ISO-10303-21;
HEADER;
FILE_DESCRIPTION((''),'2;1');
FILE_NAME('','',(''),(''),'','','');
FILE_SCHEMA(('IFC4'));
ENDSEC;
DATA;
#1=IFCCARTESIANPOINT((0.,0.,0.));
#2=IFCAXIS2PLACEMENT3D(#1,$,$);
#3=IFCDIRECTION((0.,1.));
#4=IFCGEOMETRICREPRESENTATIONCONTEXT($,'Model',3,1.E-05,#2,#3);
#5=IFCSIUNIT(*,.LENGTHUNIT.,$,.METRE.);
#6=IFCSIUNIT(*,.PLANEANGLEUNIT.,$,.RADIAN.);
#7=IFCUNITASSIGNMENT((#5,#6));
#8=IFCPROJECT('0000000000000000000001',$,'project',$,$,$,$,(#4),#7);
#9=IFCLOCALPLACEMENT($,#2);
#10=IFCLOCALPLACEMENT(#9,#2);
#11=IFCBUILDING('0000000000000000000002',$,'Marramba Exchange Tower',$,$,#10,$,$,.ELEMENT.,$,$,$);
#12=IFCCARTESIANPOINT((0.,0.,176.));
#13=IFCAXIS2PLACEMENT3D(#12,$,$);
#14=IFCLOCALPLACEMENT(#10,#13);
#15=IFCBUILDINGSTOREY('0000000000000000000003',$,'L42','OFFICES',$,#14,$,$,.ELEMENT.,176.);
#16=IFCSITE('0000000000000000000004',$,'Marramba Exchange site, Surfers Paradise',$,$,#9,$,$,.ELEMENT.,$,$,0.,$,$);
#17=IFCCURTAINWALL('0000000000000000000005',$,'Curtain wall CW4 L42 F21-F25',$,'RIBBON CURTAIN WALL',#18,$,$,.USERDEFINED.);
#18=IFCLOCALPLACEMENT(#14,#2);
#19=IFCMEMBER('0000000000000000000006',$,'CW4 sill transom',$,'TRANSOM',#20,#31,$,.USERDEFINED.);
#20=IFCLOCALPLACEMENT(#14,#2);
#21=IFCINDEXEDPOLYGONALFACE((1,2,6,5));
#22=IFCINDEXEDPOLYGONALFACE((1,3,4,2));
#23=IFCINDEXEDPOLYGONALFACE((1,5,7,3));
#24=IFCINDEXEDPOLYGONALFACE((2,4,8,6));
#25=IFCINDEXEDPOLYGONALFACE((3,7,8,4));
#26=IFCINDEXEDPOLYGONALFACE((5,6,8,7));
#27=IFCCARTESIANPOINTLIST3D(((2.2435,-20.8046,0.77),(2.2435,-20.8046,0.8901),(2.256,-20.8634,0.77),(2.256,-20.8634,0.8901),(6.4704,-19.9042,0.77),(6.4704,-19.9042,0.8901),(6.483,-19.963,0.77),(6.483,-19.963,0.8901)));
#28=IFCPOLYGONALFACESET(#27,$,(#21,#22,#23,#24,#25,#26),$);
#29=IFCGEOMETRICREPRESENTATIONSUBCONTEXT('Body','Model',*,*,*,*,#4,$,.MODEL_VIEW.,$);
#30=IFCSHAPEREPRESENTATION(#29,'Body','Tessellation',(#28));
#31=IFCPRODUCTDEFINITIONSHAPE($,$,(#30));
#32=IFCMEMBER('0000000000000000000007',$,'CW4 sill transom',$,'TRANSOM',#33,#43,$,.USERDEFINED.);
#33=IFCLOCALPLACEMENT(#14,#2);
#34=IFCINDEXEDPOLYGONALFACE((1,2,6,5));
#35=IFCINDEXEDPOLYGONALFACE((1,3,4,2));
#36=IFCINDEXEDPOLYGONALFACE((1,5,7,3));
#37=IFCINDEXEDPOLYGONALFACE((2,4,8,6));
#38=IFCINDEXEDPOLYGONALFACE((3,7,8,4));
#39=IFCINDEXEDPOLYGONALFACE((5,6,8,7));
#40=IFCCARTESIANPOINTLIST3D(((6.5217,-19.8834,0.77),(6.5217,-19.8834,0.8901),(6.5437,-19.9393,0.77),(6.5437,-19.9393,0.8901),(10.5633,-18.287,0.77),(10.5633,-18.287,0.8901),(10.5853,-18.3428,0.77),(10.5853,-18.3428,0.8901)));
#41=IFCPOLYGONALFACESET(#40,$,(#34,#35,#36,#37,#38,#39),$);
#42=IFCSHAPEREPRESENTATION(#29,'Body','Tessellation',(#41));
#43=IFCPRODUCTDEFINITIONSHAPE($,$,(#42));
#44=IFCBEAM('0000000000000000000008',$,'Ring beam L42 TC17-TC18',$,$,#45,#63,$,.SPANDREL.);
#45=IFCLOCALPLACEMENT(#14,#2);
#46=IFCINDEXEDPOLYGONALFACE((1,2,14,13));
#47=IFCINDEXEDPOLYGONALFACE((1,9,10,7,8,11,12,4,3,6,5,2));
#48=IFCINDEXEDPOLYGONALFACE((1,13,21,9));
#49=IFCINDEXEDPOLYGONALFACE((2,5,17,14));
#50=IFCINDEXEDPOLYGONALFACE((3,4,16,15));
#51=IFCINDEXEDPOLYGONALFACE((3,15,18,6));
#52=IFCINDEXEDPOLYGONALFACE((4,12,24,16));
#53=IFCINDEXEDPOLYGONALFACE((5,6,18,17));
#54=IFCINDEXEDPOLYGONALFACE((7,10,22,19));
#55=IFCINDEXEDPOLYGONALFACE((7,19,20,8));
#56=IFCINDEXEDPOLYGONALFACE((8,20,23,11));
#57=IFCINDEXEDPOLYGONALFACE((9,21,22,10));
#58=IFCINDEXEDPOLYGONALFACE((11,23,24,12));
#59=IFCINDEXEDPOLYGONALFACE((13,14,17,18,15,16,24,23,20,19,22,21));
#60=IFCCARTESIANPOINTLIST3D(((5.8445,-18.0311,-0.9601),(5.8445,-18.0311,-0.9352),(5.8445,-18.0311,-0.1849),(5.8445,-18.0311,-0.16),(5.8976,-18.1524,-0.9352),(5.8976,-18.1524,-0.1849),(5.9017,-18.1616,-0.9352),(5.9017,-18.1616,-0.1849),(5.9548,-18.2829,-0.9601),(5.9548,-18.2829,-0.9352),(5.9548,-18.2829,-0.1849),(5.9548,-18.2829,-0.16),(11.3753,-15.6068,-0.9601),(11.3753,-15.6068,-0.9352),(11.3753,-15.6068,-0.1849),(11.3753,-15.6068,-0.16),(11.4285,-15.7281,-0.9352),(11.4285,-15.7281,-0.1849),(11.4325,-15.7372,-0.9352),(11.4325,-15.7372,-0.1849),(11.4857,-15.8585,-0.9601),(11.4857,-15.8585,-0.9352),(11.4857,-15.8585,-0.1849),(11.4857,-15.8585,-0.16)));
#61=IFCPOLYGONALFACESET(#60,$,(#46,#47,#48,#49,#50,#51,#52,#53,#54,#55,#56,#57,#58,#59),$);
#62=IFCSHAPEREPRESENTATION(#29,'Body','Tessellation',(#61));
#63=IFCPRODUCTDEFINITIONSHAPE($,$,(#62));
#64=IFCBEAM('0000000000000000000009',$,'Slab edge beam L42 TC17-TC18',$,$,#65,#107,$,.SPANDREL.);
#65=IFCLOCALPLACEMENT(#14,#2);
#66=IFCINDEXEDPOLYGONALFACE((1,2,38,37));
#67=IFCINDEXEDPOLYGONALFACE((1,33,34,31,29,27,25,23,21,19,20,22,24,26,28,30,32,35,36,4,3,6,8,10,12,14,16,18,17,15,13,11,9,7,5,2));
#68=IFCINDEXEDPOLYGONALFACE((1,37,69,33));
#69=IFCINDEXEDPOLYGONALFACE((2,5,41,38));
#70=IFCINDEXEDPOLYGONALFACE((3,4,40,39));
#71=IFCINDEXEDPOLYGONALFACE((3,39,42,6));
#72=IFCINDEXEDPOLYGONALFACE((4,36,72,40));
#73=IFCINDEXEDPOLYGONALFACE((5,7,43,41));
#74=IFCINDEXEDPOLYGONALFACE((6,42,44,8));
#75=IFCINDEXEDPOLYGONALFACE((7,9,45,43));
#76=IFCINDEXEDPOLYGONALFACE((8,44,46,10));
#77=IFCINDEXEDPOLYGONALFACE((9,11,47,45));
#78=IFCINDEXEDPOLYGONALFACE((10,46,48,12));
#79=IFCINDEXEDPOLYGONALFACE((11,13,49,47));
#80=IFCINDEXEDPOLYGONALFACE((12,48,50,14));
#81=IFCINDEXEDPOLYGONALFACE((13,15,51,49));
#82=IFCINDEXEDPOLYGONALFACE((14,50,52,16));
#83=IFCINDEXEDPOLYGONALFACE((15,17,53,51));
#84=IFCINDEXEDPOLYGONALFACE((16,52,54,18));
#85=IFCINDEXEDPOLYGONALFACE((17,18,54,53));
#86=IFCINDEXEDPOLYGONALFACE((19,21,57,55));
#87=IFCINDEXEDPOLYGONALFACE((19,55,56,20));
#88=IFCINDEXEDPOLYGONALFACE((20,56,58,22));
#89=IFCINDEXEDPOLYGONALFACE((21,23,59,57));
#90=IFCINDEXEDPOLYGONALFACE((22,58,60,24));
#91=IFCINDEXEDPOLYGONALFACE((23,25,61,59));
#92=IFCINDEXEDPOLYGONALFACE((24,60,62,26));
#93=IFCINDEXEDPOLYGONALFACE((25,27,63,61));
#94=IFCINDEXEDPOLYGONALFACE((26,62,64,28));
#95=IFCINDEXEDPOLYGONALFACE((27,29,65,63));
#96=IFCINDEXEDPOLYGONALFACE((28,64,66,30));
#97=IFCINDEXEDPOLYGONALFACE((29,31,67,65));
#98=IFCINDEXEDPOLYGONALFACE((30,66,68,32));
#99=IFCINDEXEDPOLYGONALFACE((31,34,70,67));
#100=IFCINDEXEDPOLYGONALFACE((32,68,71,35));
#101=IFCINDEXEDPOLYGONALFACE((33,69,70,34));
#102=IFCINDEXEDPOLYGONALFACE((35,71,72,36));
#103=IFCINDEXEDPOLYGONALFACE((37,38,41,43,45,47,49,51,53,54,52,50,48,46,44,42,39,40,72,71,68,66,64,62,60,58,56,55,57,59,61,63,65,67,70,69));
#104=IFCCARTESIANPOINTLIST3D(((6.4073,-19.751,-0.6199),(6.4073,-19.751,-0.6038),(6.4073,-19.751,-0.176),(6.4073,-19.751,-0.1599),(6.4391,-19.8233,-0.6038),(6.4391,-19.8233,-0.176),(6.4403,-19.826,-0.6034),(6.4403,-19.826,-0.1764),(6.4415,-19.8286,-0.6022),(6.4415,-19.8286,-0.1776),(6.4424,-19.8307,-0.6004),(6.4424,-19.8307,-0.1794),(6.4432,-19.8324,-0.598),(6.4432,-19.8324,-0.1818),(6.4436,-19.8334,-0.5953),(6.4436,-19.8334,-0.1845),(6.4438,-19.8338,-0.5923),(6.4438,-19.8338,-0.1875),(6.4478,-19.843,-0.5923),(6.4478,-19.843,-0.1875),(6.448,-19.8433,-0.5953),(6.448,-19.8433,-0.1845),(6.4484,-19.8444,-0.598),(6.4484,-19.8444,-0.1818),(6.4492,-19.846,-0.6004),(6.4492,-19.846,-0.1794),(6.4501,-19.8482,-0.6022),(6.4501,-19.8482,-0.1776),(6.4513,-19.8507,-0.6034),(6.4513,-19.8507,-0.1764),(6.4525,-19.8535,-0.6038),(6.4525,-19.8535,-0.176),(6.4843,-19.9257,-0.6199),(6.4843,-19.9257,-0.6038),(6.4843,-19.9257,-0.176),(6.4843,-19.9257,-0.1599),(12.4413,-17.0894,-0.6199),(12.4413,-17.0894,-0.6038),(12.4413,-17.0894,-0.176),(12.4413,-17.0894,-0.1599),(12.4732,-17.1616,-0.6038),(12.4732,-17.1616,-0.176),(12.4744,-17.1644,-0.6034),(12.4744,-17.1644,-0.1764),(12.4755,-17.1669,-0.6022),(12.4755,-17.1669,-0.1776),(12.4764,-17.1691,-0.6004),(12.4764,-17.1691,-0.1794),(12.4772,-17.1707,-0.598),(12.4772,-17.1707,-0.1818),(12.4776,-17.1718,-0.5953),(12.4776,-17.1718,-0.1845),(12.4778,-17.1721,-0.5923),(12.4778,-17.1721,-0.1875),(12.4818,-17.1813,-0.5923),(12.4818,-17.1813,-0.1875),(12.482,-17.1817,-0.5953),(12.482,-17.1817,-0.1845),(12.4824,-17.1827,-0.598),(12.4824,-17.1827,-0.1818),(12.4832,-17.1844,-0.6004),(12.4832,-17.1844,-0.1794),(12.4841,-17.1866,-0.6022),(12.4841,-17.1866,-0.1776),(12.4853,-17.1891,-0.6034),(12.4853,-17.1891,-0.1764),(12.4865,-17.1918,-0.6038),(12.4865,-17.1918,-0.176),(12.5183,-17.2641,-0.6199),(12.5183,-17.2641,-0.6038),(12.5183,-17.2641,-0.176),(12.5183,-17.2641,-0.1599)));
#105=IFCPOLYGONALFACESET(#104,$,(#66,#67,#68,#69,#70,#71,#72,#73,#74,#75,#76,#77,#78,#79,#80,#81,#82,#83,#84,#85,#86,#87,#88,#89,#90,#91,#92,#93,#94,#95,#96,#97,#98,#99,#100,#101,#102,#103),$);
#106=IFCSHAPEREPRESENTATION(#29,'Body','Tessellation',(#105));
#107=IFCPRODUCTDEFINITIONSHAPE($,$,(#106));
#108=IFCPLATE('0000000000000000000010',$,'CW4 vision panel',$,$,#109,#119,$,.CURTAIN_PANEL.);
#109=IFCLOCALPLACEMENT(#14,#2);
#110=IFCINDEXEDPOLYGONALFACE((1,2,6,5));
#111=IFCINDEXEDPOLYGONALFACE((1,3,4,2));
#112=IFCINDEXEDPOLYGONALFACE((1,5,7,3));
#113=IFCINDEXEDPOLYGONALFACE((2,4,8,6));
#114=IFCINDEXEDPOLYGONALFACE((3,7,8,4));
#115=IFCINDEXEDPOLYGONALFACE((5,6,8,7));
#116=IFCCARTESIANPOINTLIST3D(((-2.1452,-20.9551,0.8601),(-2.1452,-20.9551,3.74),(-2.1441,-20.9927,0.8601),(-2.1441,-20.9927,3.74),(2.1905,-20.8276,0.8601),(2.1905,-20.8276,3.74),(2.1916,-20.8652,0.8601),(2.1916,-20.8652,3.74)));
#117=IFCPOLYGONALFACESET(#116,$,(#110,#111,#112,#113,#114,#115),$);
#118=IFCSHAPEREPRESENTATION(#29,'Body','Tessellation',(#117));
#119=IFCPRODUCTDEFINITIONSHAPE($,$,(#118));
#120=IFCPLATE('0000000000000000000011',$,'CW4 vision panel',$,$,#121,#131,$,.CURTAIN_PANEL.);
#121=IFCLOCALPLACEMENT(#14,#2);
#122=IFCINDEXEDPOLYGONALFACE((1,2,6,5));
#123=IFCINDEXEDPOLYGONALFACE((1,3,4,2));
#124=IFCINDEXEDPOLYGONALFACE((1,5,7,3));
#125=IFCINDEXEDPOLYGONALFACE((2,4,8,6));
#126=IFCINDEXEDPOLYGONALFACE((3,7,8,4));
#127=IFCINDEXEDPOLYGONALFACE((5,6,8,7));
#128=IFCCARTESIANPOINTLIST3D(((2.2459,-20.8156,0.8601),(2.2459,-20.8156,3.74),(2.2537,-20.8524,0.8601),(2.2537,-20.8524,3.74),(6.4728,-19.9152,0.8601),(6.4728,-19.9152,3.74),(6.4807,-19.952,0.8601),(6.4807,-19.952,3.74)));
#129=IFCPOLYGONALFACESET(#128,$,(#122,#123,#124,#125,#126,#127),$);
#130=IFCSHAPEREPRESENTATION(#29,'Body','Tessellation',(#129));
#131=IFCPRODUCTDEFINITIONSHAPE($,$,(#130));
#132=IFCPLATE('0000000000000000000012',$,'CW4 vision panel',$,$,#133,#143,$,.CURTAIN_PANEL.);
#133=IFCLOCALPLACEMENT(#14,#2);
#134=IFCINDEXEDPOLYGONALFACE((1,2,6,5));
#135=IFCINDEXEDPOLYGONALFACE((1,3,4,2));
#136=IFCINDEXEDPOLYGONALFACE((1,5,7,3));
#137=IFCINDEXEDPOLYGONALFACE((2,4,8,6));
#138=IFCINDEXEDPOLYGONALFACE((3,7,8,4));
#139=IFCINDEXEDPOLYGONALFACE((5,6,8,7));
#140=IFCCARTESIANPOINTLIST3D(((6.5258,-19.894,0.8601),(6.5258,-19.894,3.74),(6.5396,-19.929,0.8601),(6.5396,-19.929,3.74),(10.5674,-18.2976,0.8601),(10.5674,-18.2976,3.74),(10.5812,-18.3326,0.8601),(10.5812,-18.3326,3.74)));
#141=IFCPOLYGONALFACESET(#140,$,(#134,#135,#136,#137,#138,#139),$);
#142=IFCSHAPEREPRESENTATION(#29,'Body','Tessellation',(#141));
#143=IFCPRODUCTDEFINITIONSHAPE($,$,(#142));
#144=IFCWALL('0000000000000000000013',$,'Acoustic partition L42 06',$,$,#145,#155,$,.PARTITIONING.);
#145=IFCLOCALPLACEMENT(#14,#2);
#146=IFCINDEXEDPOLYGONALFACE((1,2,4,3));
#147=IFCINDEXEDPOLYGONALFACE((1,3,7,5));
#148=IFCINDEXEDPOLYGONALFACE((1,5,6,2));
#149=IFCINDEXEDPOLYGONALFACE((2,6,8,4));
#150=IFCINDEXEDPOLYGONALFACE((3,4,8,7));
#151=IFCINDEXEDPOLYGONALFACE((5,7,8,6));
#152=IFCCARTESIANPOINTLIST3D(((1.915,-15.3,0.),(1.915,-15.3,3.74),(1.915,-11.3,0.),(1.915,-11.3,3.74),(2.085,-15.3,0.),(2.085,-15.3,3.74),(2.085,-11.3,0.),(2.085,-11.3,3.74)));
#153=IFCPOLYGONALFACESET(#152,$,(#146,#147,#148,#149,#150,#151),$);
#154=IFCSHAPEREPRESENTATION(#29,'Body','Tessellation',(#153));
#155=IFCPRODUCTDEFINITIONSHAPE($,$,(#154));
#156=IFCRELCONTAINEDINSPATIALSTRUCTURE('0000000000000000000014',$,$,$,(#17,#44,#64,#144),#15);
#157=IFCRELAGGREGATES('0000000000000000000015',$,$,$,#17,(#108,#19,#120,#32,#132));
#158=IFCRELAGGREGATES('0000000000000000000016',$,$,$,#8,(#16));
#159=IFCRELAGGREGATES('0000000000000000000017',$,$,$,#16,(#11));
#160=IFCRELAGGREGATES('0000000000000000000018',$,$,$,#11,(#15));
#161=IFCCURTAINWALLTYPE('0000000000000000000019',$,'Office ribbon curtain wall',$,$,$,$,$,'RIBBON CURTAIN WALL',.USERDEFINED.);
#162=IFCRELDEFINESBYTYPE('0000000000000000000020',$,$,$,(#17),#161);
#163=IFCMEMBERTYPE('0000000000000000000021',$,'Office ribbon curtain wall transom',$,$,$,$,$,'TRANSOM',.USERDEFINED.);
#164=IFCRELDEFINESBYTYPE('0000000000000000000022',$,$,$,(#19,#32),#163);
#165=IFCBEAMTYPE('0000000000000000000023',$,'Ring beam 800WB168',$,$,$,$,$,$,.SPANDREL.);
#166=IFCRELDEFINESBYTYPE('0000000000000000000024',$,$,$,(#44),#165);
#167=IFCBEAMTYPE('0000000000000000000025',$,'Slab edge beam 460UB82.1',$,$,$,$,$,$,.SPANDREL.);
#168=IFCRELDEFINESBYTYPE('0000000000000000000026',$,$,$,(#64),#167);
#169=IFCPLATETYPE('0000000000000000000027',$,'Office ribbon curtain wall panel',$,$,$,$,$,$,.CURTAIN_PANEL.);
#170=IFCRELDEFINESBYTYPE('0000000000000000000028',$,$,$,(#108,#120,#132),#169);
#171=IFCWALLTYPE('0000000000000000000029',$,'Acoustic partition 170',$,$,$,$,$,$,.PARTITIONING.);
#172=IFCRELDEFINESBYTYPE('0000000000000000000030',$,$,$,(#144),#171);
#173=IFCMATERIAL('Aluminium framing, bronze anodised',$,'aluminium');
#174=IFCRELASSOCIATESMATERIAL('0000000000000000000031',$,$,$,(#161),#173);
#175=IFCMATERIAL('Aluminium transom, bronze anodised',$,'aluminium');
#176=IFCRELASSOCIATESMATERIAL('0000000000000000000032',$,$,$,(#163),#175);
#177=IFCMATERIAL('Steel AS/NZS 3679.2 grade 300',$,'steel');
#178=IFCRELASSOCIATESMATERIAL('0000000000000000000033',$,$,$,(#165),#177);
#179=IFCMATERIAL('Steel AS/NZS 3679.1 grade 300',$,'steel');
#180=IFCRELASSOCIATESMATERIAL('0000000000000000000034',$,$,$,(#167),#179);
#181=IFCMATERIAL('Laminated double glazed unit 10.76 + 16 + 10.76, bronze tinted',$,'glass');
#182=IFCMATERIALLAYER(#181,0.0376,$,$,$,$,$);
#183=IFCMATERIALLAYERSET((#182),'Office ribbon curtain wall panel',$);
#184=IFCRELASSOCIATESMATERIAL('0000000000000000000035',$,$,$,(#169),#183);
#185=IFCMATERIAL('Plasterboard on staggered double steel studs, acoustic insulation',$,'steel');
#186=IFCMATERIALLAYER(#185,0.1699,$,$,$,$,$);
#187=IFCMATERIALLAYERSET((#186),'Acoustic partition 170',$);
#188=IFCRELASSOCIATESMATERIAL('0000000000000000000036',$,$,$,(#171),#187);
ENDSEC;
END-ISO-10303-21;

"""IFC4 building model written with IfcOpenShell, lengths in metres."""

from ifc_helpers import new_model, si_unit, direction, frame, frame_2d, origin, origin_2d, place, context, subcontext, project, spatial, rectangle, i_section, extrude, material, layer, layer_set, material_profile, profile_set, type_object, element, aggregate, save


model = new_model("IFC4")

# Units and contexts
model_context = context("Model", 3, precision=1e-05, world=origin(), true_north=direction((0.0, 1.0)))
body_context = subcontext(model_context, "Body", "Model", "MODEL_VIEW")
ifc_project = project(units=[si_unit("LENGTHUNIT", "METRE"), si_unit("PLANEANGLEUNIT", "RADIAN")], contexts=[model_context])

# Site, building, storey
site_placement = place(None, origin())
site = spatial("IfcSite", under=ifc_project, at=site_placement, Name="Marramba Exchange site, Surfers Paradise", CompositionType="ELEMENT", RefElevation=0.0)
building_placement = place(site_placement, origin())
building = spatial("IfcBuilding", under=site, at=building_placement, Name="Marramba Exchange Tower", CompositionType="ELEMENT")
storey_placement = place(building_placement, frame((0.0, 0.0, 176.0)))
storey = spatial("IfcBuildingStorey", under=building, at=storey_placement, Name="L42", Description="OFFICES", CompositionType="ELEMENT", Elevation=176.0)

# Shared definitions
ifc_material_1 = material(Name="Steel AS/NZS 3679.2 grade 300", Category="steel")
ifc_material_2 = material(Name="Steel AS/NZS 3679.1 grade 300", Category="steel")

# Curtain wall
ifc_material_3 = material(Name="Aluminium framing, bronze anodised", Category="aluminium")
curtain_wall_type = type_object("IfcCurtainWallType", Name="Office ribbon curtain wall", ElementType="RIBBON CURTAIN WALL", PredefinedType="USERDEFINED", material=ifc_material_3)
curtain_wall_1_placement = place(storey_placement, origin())
curtain_wall_1 = element("IfcCurtainWall", 1, at=curtain_wall_1_placement, inside=storey, type_object=curtain_wall_type, Name="Curtain wall CW4 L42 F21-F25", ObjectType="RIBBON CURTAIN WALL", PredefinedType="USERDEFINED")

# Members
ifc_material_4 = material(Name="Aluminium transom, bronze anodised", Category="aluminium")
ifc_material_profile_1 = material_profile(ifc_material_4, rectangle(XDim=0.0601, YDim=0.1201, at=origin_2d()), Name="CW4 transom 60x120")
ifc_profile_set_1 = profile_set([ifc_material_profile_1], Name="Aluminium transom, bronze anodised")
member_type_1 = type_object("IfcMemberType", Name="Office ribbon curtain wall transom", ElementType="TRANSOM", PredefinedType="USERDEFINED", material=ifc_profile_set_1)
member_1_placement = place(storey_placement, frame((2.2498, -20.834, 0.8301), z_axis=(0.978058, 0.208333, 0.0), x_axis=(-0.208333, 0.978058, 0.0)))
member_1 = element("IfcMember", 2, at=member_1_placement, type_object=member_type_1, Name="CW4 sill transom", ObjectType="TRANSOM", PredefinedType="USERDEFINED", context=body_context, shape_type="SweptSolid", body=[
    extrude(rectangle(XDim=0.0601, YDim=0.1201, at=origin_2d()), origin(), (0.0, 0.0, 1.0), 4.3218),
])
member_2_placement = place(storey_placement, frame((6.5327, -19.9114, 0.8301), z_axis=(0.930068, 0.367387, 0.0), x_axis=(-0.367387, 0.930068, 0.0)))
member_2 = element("IfcMember", 3, at=member_2_placement, type_object=member_type_1, Name="CW4 sill transom", ObjectType="TRANSOM", PredefinedType="USERDEFINED", context=body_context, shape_type="SweptSolid", body=[
    extrude(rectangle(XDim=0.0601, YDim=0.1201, at=origin_2d()), origin(), (0.0, 0.0, 1.0), 4.3455),
])

# Beams
ifc_material_profile_2 = material_profile(ifc_material_1, i_section(OverallWidth=0.2749, OverallDepth=0.8, WebThickness=0.01, FlangeThickness=0.0249, at=origin_2d()), Name="800WB168")
ifc_profile_set_2 = profile_set([ifc_material_profile_2], Name="Steel AS/NZS 3679.2 grade 300")
beam_type_1 = type_object("IfcBeamType", Name="Ring beam 800WB168", PredefinedType="SPANDREL", material=ifc_profile_set_2)
beam_1_placement = place(storey_placement, frame((5.8997, -18.157, -0.5601), z_axis=(0.915877, 0.401459, 0.0), x_axis=(-0.401459, 0.915877, 0.0)))
element("IfcBeam", 4, at=beam_1_placement, inside=storey, type_object=beam_type_1, Name="Ring beam L42 TC17-TC18", PredefinedType="SPANDREL", context=body_context, shape_type="SweptSolid", body=[
    extrude(i_section(OverallWidth=0.2749, OverallDepth=0.8, WebThickness=0.01, FlangeThickness=0.0249, at=origin_2d()), origin(), (0.0, 0.0, 1.0), 6.0388),
])
ifc_material_profile_3 = material_profile(ifc_material_2, i_section(OverallWidth=0.1909, OverallDepth=0.46, WebThickness=0.01, FlangeThickness=0.0161, FilletRadius=0.0115, at=origin_2d()), Name="460UB82.1")
ifc_profile_set_3 = profile_set([ifc_material_profile_3], Name="Steel AS/NZS 3679.1 grade 300")
beam_type_2 = type_object("IfcBeamType", Name="Slab edge beam 460UB82.1", PredefinedType="SPANDREL", material=ifc_profile_set_3)
beam_2_placement = place(storey_placement, frame((6.4458, -19.8384, -0.3899), z_axis=(0.914941, 0.403588, 0.0), x_axis=(-0.403588, 0.914941, 0.0)))
element("IfcBeam", 5, at=beam_2_placement, inside=storey, type_object=beam_type_2, Name="Slab edge beam L42 TC17-TC18", PredefinedType="SPANDREL", context=body_context, shape_type="SweptSolid", body=[
    extrude(i_section(OverallWidth=0.1909, OverallDepth=0.46, WebThickness=0.01, FlangeThickness=0.0161, FilletRadius=0.0115, at=origin_2d()), origin(), (0.0, 0.0, 1.0), 6.595),
])

# Plates
ifc_material_5 = material(Name="Laminated double glazed unit 10.76 + 16 + 10.76, bronze tinted", Category="glass")
ifc_layer_1 = layer(ifc_material_5, 0.0376)
ifc_layer_set_1 = layer_set([ifc_layer_1], Name="Office ribbon curtain wall panel")
plate_type = type_object("IfcPlateType", Name="Office ribbon curtain wall panel", PredefinedType="CURTAIN_PANEL", material=ifc_layer_set_1)
plate_1_placement = place(storey_placement, frame((0.0232, -20.9102, 0.8601), z_axis=(0.0, 0.0, 1.0), x_axis=(0.999568, 0.029393, 0.0)))
plate_1 = element("IfcPlate", 6, at=plate_1_placement, type_object=plate_type, Name="CW4 vision panel", PredefinedType="CURTAIN_PANEL", context=body_context, shape_type="SweptSolid", body=[
    extrude(rectangle(XDim=4.3376, YDim=0.0376, at=origin_2d()), origin(), (0.0, 0.0, 1.0), 2.8799),
])
plate_2_placement = place(storey_placement, frame((4.3633, -20.3838, 0.8601), z_axis=(0.0, 0.0, 1.0), x_axis=(0.978058, 0.208332, 0.0)))
plate_2 = element("IfcPlate", 7, at=plate_2_placement, type_object=plate_type, Name="CW4 vision panel", PredefinedType="CURTAIN_PANEL", context=body_context, shape_type="SweptSolid", body=[
    extrude(rectangle(XDim=4.3218, YDim=0.0376, at=origin_2d()), origin(), (0.0, 0.0, 1.0), 2.8799),
])
plate_3_placement = place(storey_placement, frame((8.5535, -19.1133, 0.8601), z_axis=(0.0, 0.0, 1.0), x_axis=(0.930073, 0.367375, 0.0)))
plate_3 = element("IfcPlate", 8, at=plate_3_placement, type_object=plate_type, Name="CW4 vision panel", PredefinedType="CURTAIN_PANEL", context=body_context, shape_type="SweptSolid", body=[
    extrude(rectangle(XDim=4.3455, YDim=0.0376, at=origin_2d()), origin(), (0.0, 0.0, 1.0), 2.8799),
])
aggregate(curtain_wall_1, [plate_1, member_1, plate_2, member_2, plate_3])

# Wall
ifc_material_6 = material(Name="Plasterboard on staggered double steel studs, acoustic insulation", Category="steel")
ifc_layer_2 = layer(ifc_material_6, 0.1699)
ifc_layer_set_2 = layer_set([ifc_layer_2], Name="Acoustic partition 170")
wall_type_1 = type_object("IfcWallType", Name="Acoustic partition 170", PredefinedType="PARTITIONING", material=ifc_layer_set_2)
wall_1_placement = place(storey_placement, frame((2.0, -11.3, 0.0), z_axis=(0.0, 0.0, 1.0), x_axis=(0.0, -1.0, 0.0)))
element("IfcWall", 9, at=wall_1_placement, inside=storey, type_object=wall_type_1, Name="Acoustic partition L42 06", PredefinedType="PARTITIONING", context=body_context, shape_type="SweptSolid", body=[
    extrude(rectangle(XDim=4.0, YDim=0.1699, at=frame_2d((2.0, 0.0))), origin(), (0.0, 0.0, 1.0), 3.74),
])

save(model, "model.ifc")
